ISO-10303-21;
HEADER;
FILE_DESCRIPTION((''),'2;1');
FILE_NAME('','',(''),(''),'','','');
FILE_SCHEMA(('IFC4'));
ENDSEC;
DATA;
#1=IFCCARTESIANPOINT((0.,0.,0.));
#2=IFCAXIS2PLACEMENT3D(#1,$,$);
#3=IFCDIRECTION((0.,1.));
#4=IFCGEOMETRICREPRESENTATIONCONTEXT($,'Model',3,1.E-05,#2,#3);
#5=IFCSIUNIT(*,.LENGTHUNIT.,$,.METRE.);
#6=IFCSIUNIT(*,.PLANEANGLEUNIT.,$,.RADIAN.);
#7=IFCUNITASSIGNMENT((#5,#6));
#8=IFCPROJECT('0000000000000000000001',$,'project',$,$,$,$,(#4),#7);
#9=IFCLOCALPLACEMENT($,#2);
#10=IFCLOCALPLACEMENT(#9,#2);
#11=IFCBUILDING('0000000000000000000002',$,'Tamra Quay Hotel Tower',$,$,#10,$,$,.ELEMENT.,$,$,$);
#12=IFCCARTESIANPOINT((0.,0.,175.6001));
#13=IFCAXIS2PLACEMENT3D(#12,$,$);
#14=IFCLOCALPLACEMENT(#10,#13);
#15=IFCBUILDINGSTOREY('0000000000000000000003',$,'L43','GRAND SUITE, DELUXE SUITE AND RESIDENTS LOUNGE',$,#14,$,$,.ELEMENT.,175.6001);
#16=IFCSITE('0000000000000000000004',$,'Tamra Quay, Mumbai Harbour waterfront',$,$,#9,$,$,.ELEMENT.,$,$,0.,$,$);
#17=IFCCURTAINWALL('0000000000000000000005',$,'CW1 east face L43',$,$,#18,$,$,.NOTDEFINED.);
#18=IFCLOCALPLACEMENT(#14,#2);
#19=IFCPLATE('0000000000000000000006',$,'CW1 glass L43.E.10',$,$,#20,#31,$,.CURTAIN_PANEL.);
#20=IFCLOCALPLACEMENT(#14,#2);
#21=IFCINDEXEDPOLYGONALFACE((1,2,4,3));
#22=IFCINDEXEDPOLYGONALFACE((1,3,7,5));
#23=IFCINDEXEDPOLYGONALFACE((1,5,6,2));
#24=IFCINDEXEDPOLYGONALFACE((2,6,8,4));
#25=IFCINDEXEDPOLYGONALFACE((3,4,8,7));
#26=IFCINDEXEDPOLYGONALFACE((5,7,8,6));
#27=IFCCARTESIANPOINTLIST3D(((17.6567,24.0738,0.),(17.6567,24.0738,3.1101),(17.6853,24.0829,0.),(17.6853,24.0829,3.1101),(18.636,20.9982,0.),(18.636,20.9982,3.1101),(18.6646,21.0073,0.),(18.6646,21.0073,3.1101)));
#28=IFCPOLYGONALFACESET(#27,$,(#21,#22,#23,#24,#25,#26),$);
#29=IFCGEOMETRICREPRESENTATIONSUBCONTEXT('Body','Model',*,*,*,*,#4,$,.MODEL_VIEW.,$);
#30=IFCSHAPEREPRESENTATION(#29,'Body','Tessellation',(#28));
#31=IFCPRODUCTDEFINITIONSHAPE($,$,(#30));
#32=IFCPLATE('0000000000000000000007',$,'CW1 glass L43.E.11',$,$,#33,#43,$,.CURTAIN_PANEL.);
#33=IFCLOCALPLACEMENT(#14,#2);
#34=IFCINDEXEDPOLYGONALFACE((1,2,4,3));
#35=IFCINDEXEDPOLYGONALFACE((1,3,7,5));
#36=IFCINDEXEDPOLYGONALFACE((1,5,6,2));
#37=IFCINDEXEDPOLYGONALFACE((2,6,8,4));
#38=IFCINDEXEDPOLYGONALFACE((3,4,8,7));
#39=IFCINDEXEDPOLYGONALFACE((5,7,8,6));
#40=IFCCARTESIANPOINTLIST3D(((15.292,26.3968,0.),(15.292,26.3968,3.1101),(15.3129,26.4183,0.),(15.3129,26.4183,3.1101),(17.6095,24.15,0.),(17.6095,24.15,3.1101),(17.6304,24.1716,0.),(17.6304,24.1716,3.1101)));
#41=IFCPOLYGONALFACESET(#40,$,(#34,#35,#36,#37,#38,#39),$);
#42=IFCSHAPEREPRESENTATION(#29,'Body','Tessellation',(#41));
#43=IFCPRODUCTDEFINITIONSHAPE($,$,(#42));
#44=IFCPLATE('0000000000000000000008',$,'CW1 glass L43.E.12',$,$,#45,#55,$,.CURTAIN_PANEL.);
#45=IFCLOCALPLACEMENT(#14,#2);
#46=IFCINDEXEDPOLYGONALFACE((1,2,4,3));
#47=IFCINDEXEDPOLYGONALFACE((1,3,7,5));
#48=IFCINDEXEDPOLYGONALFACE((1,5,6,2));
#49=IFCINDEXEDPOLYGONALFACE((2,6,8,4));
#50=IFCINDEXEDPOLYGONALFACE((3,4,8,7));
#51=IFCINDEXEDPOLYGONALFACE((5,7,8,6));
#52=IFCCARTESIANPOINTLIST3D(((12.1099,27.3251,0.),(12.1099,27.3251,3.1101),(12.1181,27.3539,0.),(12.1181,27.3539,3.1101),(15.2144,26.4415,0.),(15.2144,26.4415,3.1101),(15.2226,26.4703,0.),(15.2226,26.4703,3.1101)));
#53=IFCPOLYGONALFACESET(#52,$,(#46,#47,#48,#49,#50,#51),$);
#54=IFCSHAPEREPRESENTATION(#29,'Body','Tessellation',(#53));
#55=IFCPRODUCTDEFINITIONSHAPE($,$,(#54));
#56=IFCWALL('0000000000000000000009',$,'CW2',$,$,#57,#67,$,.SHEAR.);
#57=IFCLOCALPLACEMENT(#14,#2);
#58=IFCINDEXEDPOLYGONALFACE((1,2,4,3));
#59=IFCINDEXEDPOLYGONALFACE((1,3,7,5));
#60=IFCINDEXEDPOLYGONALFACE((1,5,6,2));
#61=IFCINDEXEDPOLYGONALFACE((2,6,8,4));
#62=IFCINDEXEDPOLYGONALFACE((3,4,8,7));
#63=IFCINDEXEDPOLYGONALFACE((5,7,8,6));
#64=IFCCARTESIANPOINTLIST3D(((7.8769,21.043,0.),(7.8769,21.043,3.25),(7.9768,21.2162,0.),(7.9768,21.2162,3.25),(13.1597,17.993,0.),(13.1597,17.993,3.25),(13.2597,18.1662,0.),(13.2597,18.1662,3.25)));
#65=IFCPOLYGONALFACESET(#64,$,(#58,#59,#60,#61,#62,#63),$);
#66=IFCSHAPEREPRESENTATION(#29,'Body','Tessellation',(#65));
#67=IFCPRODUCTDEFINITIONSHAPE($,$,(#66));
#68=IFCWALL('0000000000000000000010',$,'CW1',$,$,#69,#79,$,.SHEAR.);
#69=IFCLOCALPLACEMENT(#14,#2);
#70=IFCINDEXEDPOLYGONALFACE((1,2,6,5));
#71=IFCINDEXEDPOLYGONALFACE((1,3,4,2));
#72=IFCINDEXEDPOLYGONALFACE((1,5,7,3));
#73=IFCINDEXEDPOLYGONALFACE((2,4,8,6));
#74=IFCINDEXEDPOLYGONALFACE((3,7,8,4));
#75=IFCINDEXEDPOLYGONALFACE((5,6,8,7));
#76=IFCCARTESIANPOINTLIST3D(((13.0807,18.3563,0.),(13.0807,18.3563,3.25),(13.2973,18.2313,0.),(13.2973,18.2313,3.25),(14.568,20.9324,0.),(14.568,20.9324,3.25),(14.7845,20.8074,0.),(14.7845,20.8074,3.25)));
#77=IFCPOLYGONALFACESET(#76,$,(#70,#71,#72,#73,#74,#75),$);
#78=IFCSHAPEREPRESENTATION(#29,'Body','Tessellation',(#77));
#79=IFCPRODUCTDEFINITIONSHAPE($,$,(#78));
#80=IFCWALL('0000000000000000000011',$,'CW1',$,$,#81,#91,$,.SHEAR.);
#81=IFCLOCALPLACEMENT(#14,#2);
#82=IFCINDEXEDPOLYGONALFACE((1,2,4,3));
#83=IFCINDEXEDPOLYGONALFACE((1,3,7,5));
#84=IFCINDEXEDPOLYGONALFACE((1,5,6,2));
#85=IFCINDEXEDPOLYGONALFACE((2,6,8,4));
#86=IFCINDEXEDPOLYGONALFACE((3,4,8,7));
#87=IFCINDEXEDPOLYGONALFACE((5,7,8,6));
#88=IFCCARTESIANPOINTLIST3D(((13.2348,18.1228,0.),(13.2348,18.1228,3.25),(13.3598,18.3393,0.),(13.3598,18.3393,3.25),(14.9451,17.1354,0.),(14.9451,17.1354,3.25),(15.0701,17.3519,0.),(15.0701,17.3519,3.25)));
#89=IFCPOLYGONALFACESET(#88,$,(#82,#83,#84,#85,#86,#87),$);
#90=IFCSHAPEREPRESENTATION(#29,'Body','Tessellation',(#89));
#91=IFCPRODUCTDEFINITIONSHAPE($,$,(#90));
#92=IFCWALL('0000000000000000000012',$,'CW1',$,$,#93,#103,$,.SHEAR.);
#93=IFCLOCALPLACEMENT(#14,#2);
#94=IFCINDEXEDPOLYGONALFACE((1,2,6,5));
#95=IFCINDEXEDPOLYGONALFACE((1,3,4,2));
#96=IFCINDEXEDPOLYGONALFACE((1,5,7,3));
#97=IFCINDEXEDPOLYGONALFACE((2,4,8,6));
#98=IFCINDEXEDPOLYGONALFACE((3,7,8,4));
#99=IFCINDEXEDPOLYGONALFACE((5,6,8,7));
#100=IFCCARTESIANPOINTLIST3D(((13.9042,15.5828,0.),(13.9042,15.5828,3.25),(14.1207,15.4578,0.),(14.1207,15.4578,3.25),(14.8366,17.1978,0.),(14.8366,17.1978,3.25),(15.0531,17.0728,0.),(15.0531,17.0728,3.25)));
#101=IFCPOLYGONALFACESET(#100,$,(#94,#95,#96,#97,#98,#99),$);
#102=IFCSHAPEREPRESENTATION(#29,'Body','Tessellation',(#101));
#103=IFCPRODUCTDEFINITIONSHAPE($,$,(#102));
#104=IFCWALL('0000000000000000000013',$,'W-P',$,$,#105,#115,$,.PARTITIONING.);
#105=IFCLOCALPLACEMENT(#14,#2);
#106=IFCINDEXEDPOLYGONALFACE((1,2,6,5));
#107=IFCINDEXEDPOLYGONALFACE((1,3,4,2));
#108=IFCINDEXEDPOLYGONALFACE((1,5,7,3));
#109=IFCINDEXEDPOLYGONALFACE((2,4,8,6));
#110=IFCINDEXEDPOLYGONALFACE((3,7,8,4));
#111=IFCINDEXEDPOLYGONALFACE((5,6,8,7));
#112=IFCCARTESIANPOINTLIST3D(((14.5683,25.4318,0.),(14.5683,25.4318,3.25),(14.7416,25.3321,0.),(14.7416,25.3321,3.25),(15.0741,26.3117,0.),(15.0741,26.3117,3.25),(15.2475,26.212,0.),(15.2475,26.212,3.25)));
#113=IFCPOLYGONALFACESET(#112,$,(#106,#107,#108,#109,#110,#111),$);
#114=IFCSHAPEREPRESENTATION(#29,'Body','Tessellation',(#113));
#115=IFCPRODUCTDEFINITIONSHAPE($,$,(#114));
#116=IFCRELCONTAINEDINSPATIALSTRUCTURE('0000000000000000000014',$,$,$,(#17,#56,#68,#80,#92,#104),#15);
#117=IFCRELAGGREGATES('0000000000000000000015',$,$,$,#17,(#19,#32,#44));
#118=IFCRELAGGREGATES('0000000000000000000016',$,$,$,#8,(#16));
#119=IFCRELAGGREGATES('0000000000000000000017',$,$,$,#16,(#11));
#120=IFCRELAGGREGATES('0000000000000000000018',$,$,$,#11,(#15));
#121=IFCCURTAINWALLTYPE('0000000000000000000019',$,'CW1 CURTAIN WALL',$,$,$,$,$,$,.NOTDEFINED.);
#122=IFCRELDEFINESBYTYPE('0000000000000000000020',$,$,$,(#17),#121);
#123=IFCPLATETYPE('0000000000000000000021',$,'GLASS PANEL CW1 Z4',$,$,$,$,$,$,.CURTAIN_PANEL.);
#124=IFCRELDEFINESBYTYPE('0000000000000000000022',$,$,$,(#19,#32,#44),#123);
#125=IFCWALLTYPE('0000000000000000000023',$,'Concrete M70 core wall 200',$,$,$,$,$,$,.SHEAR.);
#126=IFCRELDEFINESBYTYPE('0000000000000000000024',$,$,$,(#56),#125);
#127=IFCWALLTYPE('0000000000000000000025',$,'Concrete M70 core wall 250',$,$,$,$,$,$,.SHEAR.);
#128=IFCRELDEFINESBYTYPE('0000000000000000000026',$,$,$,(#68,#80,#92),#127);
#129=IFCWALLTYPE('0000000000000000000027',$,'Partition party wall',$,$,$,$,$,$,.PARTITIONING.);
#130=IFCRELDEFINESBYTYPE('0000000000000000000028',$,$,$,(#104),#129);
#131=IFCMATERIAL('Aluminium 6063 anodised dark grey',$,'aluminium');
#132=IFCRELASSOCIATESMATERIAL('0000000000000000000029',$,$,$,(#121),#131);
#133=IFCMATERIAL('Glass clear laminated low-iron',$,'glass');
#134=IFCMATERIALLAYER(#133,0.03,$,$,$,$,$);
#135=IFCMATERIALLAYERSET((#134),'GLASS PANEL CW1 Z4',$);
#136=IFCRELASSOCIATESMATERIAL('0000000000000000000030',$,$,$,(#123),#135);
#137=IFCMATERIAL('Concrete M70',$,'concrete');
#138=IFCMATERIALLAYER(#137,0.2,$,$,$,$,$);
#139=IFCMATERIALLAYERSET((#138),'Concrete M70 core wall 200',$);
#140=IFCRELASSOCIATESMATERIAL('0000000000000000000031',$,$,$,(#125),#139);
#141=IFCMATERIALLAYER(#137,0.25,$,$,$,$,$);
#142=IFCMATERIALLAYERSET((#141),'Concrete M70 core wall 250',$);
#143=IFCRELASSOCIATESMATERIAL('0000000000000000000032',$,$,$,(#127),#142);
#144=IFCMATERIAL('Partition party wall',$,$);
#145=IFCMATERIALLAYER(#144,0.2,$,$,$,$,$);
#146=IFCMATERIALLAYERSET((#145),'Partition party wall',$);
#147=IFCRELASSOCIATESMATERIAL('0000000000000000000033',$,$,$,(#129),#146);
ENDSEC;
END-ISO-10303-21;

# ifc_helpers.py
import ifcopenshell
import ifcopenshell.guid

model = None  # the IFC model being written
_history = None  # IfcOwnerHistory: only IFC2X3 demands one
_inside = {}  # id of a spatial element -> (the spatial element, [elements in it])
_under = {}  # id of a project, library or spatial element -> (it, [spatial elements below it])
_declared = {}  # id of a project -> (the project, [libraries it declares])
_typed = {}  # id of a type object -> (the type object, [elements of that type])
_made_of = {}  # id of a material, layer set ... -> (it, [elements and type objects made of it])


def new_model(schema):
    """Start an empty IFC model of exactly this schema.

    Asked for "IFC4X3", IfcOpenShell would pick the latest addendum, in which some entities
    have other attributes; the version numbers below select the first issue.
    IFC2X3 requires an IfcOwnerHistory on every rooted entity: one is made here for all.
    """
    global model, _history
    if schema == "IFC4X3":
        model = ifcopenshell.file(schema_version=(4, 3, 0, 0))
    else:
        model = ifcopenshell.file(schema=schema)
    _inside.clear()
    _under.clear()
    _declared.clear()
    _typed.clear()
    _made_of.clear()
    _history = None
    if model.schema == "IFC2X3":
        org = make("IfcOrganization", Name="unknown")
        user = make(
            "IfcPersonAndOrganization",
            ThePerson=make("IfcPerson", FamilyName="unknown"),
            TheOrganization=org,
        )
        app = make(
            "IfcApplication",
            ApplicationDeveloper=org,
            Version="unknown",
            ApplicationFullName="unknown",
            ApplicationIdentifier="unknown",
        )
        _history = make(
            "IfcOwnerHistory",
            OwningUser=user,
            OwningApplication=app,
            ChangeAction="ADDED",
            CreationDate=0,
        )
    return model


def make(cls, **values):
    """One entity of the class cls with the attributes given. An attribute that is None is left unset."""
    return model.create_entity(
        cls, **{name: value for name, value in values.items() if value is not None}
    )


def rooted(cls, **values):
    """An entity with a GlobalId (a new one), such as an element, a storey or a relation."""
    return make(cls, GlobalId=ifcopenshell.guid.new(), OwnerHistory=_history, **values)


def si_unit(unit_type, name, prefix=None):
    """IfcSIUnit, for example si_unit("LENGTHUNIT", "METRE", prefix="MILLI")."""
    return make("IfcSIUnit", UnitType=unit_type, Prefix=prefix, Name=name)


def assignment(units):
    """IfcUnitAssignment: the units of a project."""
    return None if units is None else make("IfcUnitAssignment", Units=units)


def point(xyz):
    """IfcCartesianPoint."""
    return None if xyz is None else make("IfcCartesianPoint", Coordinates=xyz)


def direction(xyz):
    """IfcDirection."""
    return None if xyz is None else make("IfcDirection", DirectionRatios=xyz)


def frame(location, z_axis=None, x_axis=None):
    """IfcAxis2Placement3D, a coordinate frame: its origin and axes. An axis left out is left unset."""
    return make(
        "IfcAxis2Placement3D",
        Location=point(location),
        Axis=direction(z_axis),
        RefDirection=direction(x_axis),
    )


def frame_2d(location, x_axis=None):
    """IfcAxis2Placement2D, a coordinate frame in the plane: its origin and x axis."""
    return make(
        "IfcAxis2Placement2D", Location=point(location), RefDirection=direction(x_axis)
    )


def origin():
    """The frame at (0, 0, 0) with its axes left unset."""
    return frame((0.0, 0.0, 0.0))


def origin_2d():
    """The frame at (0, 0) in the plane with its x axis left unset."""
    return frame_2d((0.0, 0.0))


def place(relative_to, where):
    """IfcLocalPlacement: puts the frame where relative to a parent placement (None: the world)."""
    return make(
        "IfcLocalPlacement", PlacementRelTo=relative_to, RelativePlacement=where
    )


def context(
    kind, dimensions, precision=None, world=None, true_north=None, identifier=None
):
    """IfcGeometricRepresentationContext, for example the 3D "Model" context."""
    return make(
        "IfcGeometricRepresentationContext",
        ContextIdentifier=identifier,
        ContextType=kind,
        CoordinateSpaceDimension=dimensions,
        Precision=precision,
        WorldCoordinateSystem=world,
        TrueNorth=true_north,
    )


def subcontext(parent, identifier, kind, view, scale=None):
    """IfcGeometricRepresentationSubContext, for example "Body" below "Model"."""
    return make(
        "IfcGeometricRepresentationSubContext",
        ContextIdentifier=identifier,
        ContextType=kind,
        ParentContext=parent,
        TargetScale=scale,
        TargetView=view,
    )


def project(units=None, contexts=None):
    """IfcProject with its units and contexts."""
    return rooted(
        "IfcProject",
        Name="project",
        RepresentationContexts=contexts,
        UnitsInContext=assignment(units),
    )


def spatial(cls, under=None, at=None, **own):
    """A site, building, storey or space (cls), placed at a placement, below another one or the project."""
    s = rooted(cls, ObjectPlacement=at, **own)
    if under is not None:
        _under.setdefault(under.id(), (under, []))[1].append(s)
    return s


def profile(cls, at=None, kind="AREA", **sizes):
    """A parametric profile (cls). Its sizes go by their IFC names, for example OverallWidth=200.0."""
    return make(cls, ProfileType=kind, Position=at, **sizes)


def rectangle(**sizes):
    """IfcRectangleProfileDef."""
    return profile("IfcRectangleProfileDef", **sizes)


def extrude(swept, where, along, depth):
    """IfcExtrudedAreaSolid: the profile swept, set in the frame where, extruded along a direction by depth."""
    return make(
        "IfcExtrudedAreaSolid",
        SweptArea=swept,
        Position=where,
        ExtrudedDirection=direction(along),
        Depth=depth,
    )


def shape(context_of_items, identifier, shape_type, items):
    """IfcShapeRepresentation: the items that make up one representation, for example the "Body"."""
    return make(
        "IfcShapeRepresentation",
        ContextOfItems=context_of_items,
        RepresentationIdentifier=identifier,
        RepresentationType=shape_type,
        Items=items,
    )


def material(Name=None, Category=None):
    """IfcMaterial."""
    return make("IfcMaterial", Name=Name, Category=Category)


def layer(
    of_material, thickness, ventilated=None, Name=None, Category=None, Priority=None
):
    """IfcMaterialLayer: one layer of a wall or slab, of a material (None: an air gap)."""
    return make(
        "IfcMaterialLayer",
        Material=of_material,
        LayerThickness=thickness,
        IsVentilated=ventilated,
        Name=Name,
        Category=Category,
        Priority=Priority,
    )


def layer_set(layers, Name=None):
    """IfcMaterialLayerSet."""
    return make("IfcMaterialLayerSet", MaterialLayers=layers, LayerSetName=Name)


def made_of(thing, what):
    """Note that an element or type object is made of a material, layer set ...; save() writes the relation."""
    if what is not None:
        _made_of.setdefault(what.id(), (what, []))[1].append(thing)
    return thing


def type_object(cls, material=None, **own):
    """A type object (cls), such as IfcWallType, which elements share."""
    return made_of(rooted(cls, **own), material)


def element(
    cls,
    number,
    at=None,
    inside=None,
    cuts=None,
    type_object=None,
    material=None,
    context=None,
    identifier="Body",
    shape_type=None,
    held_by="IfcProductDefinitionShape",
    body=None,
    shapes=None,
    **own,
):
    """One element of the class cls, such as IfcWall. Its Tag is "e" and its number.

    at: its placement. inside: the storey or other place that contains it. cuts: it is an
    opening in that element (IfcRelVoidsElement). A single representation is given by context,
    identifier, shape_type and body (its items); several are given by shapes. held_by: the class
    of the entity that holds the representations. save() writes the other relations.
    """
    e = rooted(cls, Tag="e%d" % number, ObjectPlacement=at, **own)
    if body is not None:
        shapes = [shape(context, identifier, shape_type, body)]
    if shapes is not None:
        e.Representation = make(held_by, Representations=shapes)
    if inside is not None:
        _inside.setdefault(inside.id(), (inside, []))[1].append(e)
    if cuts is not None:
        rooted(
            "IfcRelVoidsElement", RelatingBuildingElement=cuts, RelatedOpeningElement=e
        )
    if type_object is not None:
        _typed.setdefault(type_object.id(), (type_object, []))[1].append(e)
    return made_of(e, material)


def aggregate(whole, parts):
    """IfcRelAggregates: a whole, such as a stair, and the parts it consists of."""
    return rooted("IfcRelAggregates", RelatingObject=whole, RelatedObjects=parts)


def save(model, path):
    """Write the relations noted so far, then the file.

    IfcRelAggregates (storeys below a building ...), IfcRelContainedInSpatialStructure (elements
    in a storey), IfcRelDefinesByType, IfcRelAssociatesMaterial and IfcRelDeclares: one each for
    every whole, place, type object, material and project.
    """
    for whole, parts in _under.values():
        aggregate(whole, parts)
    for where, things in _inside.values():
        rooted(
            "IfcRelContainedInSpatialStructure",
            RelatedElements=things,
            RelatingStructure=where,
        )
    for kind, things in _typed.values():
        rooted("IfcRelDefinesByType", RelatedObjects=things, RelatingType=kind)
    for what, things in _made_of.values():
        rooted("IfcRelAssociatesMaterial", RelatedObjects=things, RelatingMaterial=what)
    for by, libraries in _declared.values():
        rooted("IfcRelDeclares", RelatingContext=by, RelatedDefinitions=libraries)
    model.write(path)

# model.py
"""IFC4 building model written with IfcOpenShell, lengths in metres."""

from ifc_helpers import new_model, si_unit, direction, frame, frame_2d, origin, origin_2d, place, context, subcontext, project, spatial, rectangle, extrude, material, layer, layer_set, type_object, element, aggregate, save


model = new_model("IFC4")

# Units and contexts
model_context = context("Model", 3, precision=1e-05, world=origin(), true_north=direction((0.0, 1.0)))
body_context = subcontext(model_context, "Body", "Model", "MODEL_VIEW")
ifc_project = project(units=[si_unit("LENGTHUNIT", "METRE"), si_unit("PLANEANGLEUNIT", "RADIAN")], contexts=[model_context])

# Site, building, storey
site_placement = place(None, origin())
site = spatial("IfcSite", under=ifc_project, at=site_placement, Name="Tamra Quay, Mumbai Harbour waterfront", CompositionType="ELEMENT", RefElevation=0.0)
building_placement = place(site_placement, origin())
building = spatial("IfcBuilding", under=site, at=building_placement, Name="Tamra Quay Hotel Tower", CompositionType="ELEMENT")
storey_placement = place(building_placement, frame((0.0, 0.0, 175.6001)))
storey = spatial("IfcBuildingStorey", under=building, at=storey_placement, Name="L43", Description="GRAND SUITE, DELUXE SUITE AND RESIDENTS LOUNGE", CompositionType="ELEMENT", Elevation=175.6001)

# Shared definitions
ifc_material_1 = material(Name="Concrete M70", Category="concrete")

# Curtain wall
ifc_material_2 = material(Name="Aluminium 6063 anodised dark grey", Category="aluminium")
curtain_wall_type = type_object("IfcCurtainWallType", Name="CW1 CURTAIN WALL", PredefinedType="NOTDEFINED", material=ifc_material_2)
curtain_wall_placement = place(storey_placement, origin())
curtain_wall = element("IfcCurtainWall", 1, at=curtain_wall_placement, inside=storey, type_object=curtain_wall_type, Name="CW1 east face L43", PredefinedType="NOTDEFINED")

# Plates
ifc_material_3 = material(Name="Glass clear laminated low-iron", Category="glass")
ifc_layer_1 = layer(ifc_material_3, 0.03)
ifc_layer_set_1 = layer_set([ifc_layer_1], Name="GLASS PANEL CW1 Z4")
plate_type = type_object("IfcPlateType", Name="GLASS PANEL CW1 Z4", PredefinedType="CURTAIN_PANEL", material=ifc_layer_set_1)
plate_1_placement = place(storey_placement, frame((18.1606, 22.5405, 0.0), z_axis=(0.0, 0.0, 1.0), x_axis=(-0.30341, 0.95286, 0.0)))
plate_1 = element("IfcPlate", 2, at=plate_1_placement, type_object=plate_type, Name="CW1 glass L43.E.10", PredefinedType="CURTAIN_PANEL", context=body_context, shape_type="SweptSolid", body=[
    extrude(rectangle(XDim=3.2278, YDim=0.03, at=origin_2d()), origin(), (0.0, 0.0, 1.0), 3.1101),
])
plate_2_placement = place(storey_placement, frame((16.4612, 25.2842, 0.0), z_axis=(0.0, 0.0, 1.0), x_axis=(-0.717975, 0.696069, 0.0)))
plate_2 = element("IfcPlate", 3, at=plate_2_placement, type_object=plate_type, Name="CW1 glass L43.E.11", PredefinedType="CURTAIN_PANEL", context=body_context, shape_type="SweptSolid", body=[
    extrude(rectangle(XDim=3.2278, YDim=0.03, at=origin_2d()), origin(), (0.0, 0.0, 1.0), 3.1101),
])
plate_3_placement = place(storey_placement, frame((13.6663, 26.8977, 0.0), z_axis=(0.0, 0.0, 1.0), x_axis=(-0.961801, 0.27375, 0.0)))
plate_3 = element("IfcPlate", 4, at=plate_3_placement, type_object=plate_type, Name="CW1 glass L43.E.12", PredefinedType="CURTAIN_PANEL", context=body_context, shape_type="SweptSolid", body=[
    extrude(rectangle(XDim=3.2278, YDim=0.03, at=origin_2d()), origin(), (0.0, 0.0, 1.0), 3.1101),
])
aggregate(curtain_wall, [plate_1, plate_2, plate_3])

# Walls
ifc_layer_2 = layer(ifc_material_1, 0.2)
ifc_layer_set_2 = layer_set([ifc_layer_2], Name="Concrete M70 core wall 200")
wall_type_1 = type_object("IfcWallType", Name="Concrete M70 core wall 200", PredefinedType="SHEAR", material=ifc_layer_set_2)
wall_1_placement = place(storey_placement, frame((13.2097, 18.0796, 0.0), z_axis=(0.0, 0.0, 1.0), x_axis=(-0.86603, 0.499992, 0.0)))
element("IfcWall", 5, at=wall_1_placement, inside=storey, type_object=wall_type_1, Name="CW2", PredefinedType="SHEAR", context=body_context, shape_type="SweptSolid", body=[
    extrude(rectangle(XDim=6.1001, YDim=0.2, at=frame_2d((3.05, 0.0))), origin(), (0.0, 0.0, 1.0), 3.25),
])
ifc_layer_3 = layer(ifc_material_1, 0.25)
ifc_layer_set_3 = layer_set([ifc_layer_3], Name="Concrete M70 core wall 250")
wall_type_2 = type_object("IfcWallType", Name="Concrete M70 core wall 250", PredefinedType="SHEAR", material=ifc_layer_set_3)
wall_2_placement = place(storey_placement, frame((14.6763, 20.8699, 0.0), z_axis=(0.0, 0.0, 1.0), x_axis=(-0.499988, -0.866033, 0.0)))
element("IfcWall", 6, at=wall_2_placement, inside=storey, type_object=wall_type_2, Name="CW1", PredefinedType="SHEAR", context=body_context, shape_type="SweptSolid", body=[
    extrude(rectangle(XDim=2.9746, YDim=0.25, at=frame_2d((1.4873, 0.0))), origin(), (0.0, 0.0, 1.0), 3.25),
])
wall_3_placement = place(storey_placement, frame((13.2974, 18.231, 0.0), z_axis=(0.0, 0.0, 1.0), x_axis=(0.866044, -0.499969, 0.0)))
element("IfcWall", 7, at=wall_3_placement, inside=storey, type_object=wall_type_2, Name="CW1", PredefinedType="SHEAR", context=body_context, shape_type="SweptSolid", body=[
    extrude(rectangle(XDim=1.9749, YDim=0.25, at=frame_2d((0.9873, 0.0))), origin(), (0.0, 0.0, 1.0), 3.25),
])
wall_4_placement = place(storey_placement, frame((14.9448, 17.1353, 0.0), z_axis=(0.0, 0.0, 1.0), x_axis=(-0.499983, -0.866035, 0.0)))
element("IfcWall", 8, at=wall_4_placement, inside=storey, type_object=wall_type_2, Name="CW1", PredefinedType="SHEAR", context=body_context, shape_type="SweptSolid", body=[
    extrude(rectangle(XDim=1.8647, YDim=0.25, at=frame_2d((0.9324, 0.0))), origin(), (0.0, 0.0, 1.0), 3.25),
])
ifc_material_4 = material(Name="Partition party wall")
ifc_layer_4 = layer(ifc_material_4, 0.2)
ifc_layer_set_4 = layer_set([ifc_layer_4], Name="Partition party wall")
wall_type_3 = type_object("IfcWallType", Name="Partition party wall", PredefinedType="PARTITIONING", material=ifc_layer_set_4)
wall_5_placement = place(storey_placement, frame((14.655, 25.3821, 0.0), z_axis=(0.0, 0.0, 1.0), x_axis=(0.498417, 0.866937, 0.0)))
element("IfcWall", 9, at=wall_5_placement, inside=storey, type_object=wall_type_3, Name="W-P", PredefinedType="PARTITIONING", context=body_context, shape_type="SweptSolid", body=[
    extrude(rectangle(XDim=1.0149, YDim=0.2, at=frame_2d((0.5073, 0.0))), origin(), (0.0, 0.0, 1.0), 3.25),
])

save(model, "model.ifc")
